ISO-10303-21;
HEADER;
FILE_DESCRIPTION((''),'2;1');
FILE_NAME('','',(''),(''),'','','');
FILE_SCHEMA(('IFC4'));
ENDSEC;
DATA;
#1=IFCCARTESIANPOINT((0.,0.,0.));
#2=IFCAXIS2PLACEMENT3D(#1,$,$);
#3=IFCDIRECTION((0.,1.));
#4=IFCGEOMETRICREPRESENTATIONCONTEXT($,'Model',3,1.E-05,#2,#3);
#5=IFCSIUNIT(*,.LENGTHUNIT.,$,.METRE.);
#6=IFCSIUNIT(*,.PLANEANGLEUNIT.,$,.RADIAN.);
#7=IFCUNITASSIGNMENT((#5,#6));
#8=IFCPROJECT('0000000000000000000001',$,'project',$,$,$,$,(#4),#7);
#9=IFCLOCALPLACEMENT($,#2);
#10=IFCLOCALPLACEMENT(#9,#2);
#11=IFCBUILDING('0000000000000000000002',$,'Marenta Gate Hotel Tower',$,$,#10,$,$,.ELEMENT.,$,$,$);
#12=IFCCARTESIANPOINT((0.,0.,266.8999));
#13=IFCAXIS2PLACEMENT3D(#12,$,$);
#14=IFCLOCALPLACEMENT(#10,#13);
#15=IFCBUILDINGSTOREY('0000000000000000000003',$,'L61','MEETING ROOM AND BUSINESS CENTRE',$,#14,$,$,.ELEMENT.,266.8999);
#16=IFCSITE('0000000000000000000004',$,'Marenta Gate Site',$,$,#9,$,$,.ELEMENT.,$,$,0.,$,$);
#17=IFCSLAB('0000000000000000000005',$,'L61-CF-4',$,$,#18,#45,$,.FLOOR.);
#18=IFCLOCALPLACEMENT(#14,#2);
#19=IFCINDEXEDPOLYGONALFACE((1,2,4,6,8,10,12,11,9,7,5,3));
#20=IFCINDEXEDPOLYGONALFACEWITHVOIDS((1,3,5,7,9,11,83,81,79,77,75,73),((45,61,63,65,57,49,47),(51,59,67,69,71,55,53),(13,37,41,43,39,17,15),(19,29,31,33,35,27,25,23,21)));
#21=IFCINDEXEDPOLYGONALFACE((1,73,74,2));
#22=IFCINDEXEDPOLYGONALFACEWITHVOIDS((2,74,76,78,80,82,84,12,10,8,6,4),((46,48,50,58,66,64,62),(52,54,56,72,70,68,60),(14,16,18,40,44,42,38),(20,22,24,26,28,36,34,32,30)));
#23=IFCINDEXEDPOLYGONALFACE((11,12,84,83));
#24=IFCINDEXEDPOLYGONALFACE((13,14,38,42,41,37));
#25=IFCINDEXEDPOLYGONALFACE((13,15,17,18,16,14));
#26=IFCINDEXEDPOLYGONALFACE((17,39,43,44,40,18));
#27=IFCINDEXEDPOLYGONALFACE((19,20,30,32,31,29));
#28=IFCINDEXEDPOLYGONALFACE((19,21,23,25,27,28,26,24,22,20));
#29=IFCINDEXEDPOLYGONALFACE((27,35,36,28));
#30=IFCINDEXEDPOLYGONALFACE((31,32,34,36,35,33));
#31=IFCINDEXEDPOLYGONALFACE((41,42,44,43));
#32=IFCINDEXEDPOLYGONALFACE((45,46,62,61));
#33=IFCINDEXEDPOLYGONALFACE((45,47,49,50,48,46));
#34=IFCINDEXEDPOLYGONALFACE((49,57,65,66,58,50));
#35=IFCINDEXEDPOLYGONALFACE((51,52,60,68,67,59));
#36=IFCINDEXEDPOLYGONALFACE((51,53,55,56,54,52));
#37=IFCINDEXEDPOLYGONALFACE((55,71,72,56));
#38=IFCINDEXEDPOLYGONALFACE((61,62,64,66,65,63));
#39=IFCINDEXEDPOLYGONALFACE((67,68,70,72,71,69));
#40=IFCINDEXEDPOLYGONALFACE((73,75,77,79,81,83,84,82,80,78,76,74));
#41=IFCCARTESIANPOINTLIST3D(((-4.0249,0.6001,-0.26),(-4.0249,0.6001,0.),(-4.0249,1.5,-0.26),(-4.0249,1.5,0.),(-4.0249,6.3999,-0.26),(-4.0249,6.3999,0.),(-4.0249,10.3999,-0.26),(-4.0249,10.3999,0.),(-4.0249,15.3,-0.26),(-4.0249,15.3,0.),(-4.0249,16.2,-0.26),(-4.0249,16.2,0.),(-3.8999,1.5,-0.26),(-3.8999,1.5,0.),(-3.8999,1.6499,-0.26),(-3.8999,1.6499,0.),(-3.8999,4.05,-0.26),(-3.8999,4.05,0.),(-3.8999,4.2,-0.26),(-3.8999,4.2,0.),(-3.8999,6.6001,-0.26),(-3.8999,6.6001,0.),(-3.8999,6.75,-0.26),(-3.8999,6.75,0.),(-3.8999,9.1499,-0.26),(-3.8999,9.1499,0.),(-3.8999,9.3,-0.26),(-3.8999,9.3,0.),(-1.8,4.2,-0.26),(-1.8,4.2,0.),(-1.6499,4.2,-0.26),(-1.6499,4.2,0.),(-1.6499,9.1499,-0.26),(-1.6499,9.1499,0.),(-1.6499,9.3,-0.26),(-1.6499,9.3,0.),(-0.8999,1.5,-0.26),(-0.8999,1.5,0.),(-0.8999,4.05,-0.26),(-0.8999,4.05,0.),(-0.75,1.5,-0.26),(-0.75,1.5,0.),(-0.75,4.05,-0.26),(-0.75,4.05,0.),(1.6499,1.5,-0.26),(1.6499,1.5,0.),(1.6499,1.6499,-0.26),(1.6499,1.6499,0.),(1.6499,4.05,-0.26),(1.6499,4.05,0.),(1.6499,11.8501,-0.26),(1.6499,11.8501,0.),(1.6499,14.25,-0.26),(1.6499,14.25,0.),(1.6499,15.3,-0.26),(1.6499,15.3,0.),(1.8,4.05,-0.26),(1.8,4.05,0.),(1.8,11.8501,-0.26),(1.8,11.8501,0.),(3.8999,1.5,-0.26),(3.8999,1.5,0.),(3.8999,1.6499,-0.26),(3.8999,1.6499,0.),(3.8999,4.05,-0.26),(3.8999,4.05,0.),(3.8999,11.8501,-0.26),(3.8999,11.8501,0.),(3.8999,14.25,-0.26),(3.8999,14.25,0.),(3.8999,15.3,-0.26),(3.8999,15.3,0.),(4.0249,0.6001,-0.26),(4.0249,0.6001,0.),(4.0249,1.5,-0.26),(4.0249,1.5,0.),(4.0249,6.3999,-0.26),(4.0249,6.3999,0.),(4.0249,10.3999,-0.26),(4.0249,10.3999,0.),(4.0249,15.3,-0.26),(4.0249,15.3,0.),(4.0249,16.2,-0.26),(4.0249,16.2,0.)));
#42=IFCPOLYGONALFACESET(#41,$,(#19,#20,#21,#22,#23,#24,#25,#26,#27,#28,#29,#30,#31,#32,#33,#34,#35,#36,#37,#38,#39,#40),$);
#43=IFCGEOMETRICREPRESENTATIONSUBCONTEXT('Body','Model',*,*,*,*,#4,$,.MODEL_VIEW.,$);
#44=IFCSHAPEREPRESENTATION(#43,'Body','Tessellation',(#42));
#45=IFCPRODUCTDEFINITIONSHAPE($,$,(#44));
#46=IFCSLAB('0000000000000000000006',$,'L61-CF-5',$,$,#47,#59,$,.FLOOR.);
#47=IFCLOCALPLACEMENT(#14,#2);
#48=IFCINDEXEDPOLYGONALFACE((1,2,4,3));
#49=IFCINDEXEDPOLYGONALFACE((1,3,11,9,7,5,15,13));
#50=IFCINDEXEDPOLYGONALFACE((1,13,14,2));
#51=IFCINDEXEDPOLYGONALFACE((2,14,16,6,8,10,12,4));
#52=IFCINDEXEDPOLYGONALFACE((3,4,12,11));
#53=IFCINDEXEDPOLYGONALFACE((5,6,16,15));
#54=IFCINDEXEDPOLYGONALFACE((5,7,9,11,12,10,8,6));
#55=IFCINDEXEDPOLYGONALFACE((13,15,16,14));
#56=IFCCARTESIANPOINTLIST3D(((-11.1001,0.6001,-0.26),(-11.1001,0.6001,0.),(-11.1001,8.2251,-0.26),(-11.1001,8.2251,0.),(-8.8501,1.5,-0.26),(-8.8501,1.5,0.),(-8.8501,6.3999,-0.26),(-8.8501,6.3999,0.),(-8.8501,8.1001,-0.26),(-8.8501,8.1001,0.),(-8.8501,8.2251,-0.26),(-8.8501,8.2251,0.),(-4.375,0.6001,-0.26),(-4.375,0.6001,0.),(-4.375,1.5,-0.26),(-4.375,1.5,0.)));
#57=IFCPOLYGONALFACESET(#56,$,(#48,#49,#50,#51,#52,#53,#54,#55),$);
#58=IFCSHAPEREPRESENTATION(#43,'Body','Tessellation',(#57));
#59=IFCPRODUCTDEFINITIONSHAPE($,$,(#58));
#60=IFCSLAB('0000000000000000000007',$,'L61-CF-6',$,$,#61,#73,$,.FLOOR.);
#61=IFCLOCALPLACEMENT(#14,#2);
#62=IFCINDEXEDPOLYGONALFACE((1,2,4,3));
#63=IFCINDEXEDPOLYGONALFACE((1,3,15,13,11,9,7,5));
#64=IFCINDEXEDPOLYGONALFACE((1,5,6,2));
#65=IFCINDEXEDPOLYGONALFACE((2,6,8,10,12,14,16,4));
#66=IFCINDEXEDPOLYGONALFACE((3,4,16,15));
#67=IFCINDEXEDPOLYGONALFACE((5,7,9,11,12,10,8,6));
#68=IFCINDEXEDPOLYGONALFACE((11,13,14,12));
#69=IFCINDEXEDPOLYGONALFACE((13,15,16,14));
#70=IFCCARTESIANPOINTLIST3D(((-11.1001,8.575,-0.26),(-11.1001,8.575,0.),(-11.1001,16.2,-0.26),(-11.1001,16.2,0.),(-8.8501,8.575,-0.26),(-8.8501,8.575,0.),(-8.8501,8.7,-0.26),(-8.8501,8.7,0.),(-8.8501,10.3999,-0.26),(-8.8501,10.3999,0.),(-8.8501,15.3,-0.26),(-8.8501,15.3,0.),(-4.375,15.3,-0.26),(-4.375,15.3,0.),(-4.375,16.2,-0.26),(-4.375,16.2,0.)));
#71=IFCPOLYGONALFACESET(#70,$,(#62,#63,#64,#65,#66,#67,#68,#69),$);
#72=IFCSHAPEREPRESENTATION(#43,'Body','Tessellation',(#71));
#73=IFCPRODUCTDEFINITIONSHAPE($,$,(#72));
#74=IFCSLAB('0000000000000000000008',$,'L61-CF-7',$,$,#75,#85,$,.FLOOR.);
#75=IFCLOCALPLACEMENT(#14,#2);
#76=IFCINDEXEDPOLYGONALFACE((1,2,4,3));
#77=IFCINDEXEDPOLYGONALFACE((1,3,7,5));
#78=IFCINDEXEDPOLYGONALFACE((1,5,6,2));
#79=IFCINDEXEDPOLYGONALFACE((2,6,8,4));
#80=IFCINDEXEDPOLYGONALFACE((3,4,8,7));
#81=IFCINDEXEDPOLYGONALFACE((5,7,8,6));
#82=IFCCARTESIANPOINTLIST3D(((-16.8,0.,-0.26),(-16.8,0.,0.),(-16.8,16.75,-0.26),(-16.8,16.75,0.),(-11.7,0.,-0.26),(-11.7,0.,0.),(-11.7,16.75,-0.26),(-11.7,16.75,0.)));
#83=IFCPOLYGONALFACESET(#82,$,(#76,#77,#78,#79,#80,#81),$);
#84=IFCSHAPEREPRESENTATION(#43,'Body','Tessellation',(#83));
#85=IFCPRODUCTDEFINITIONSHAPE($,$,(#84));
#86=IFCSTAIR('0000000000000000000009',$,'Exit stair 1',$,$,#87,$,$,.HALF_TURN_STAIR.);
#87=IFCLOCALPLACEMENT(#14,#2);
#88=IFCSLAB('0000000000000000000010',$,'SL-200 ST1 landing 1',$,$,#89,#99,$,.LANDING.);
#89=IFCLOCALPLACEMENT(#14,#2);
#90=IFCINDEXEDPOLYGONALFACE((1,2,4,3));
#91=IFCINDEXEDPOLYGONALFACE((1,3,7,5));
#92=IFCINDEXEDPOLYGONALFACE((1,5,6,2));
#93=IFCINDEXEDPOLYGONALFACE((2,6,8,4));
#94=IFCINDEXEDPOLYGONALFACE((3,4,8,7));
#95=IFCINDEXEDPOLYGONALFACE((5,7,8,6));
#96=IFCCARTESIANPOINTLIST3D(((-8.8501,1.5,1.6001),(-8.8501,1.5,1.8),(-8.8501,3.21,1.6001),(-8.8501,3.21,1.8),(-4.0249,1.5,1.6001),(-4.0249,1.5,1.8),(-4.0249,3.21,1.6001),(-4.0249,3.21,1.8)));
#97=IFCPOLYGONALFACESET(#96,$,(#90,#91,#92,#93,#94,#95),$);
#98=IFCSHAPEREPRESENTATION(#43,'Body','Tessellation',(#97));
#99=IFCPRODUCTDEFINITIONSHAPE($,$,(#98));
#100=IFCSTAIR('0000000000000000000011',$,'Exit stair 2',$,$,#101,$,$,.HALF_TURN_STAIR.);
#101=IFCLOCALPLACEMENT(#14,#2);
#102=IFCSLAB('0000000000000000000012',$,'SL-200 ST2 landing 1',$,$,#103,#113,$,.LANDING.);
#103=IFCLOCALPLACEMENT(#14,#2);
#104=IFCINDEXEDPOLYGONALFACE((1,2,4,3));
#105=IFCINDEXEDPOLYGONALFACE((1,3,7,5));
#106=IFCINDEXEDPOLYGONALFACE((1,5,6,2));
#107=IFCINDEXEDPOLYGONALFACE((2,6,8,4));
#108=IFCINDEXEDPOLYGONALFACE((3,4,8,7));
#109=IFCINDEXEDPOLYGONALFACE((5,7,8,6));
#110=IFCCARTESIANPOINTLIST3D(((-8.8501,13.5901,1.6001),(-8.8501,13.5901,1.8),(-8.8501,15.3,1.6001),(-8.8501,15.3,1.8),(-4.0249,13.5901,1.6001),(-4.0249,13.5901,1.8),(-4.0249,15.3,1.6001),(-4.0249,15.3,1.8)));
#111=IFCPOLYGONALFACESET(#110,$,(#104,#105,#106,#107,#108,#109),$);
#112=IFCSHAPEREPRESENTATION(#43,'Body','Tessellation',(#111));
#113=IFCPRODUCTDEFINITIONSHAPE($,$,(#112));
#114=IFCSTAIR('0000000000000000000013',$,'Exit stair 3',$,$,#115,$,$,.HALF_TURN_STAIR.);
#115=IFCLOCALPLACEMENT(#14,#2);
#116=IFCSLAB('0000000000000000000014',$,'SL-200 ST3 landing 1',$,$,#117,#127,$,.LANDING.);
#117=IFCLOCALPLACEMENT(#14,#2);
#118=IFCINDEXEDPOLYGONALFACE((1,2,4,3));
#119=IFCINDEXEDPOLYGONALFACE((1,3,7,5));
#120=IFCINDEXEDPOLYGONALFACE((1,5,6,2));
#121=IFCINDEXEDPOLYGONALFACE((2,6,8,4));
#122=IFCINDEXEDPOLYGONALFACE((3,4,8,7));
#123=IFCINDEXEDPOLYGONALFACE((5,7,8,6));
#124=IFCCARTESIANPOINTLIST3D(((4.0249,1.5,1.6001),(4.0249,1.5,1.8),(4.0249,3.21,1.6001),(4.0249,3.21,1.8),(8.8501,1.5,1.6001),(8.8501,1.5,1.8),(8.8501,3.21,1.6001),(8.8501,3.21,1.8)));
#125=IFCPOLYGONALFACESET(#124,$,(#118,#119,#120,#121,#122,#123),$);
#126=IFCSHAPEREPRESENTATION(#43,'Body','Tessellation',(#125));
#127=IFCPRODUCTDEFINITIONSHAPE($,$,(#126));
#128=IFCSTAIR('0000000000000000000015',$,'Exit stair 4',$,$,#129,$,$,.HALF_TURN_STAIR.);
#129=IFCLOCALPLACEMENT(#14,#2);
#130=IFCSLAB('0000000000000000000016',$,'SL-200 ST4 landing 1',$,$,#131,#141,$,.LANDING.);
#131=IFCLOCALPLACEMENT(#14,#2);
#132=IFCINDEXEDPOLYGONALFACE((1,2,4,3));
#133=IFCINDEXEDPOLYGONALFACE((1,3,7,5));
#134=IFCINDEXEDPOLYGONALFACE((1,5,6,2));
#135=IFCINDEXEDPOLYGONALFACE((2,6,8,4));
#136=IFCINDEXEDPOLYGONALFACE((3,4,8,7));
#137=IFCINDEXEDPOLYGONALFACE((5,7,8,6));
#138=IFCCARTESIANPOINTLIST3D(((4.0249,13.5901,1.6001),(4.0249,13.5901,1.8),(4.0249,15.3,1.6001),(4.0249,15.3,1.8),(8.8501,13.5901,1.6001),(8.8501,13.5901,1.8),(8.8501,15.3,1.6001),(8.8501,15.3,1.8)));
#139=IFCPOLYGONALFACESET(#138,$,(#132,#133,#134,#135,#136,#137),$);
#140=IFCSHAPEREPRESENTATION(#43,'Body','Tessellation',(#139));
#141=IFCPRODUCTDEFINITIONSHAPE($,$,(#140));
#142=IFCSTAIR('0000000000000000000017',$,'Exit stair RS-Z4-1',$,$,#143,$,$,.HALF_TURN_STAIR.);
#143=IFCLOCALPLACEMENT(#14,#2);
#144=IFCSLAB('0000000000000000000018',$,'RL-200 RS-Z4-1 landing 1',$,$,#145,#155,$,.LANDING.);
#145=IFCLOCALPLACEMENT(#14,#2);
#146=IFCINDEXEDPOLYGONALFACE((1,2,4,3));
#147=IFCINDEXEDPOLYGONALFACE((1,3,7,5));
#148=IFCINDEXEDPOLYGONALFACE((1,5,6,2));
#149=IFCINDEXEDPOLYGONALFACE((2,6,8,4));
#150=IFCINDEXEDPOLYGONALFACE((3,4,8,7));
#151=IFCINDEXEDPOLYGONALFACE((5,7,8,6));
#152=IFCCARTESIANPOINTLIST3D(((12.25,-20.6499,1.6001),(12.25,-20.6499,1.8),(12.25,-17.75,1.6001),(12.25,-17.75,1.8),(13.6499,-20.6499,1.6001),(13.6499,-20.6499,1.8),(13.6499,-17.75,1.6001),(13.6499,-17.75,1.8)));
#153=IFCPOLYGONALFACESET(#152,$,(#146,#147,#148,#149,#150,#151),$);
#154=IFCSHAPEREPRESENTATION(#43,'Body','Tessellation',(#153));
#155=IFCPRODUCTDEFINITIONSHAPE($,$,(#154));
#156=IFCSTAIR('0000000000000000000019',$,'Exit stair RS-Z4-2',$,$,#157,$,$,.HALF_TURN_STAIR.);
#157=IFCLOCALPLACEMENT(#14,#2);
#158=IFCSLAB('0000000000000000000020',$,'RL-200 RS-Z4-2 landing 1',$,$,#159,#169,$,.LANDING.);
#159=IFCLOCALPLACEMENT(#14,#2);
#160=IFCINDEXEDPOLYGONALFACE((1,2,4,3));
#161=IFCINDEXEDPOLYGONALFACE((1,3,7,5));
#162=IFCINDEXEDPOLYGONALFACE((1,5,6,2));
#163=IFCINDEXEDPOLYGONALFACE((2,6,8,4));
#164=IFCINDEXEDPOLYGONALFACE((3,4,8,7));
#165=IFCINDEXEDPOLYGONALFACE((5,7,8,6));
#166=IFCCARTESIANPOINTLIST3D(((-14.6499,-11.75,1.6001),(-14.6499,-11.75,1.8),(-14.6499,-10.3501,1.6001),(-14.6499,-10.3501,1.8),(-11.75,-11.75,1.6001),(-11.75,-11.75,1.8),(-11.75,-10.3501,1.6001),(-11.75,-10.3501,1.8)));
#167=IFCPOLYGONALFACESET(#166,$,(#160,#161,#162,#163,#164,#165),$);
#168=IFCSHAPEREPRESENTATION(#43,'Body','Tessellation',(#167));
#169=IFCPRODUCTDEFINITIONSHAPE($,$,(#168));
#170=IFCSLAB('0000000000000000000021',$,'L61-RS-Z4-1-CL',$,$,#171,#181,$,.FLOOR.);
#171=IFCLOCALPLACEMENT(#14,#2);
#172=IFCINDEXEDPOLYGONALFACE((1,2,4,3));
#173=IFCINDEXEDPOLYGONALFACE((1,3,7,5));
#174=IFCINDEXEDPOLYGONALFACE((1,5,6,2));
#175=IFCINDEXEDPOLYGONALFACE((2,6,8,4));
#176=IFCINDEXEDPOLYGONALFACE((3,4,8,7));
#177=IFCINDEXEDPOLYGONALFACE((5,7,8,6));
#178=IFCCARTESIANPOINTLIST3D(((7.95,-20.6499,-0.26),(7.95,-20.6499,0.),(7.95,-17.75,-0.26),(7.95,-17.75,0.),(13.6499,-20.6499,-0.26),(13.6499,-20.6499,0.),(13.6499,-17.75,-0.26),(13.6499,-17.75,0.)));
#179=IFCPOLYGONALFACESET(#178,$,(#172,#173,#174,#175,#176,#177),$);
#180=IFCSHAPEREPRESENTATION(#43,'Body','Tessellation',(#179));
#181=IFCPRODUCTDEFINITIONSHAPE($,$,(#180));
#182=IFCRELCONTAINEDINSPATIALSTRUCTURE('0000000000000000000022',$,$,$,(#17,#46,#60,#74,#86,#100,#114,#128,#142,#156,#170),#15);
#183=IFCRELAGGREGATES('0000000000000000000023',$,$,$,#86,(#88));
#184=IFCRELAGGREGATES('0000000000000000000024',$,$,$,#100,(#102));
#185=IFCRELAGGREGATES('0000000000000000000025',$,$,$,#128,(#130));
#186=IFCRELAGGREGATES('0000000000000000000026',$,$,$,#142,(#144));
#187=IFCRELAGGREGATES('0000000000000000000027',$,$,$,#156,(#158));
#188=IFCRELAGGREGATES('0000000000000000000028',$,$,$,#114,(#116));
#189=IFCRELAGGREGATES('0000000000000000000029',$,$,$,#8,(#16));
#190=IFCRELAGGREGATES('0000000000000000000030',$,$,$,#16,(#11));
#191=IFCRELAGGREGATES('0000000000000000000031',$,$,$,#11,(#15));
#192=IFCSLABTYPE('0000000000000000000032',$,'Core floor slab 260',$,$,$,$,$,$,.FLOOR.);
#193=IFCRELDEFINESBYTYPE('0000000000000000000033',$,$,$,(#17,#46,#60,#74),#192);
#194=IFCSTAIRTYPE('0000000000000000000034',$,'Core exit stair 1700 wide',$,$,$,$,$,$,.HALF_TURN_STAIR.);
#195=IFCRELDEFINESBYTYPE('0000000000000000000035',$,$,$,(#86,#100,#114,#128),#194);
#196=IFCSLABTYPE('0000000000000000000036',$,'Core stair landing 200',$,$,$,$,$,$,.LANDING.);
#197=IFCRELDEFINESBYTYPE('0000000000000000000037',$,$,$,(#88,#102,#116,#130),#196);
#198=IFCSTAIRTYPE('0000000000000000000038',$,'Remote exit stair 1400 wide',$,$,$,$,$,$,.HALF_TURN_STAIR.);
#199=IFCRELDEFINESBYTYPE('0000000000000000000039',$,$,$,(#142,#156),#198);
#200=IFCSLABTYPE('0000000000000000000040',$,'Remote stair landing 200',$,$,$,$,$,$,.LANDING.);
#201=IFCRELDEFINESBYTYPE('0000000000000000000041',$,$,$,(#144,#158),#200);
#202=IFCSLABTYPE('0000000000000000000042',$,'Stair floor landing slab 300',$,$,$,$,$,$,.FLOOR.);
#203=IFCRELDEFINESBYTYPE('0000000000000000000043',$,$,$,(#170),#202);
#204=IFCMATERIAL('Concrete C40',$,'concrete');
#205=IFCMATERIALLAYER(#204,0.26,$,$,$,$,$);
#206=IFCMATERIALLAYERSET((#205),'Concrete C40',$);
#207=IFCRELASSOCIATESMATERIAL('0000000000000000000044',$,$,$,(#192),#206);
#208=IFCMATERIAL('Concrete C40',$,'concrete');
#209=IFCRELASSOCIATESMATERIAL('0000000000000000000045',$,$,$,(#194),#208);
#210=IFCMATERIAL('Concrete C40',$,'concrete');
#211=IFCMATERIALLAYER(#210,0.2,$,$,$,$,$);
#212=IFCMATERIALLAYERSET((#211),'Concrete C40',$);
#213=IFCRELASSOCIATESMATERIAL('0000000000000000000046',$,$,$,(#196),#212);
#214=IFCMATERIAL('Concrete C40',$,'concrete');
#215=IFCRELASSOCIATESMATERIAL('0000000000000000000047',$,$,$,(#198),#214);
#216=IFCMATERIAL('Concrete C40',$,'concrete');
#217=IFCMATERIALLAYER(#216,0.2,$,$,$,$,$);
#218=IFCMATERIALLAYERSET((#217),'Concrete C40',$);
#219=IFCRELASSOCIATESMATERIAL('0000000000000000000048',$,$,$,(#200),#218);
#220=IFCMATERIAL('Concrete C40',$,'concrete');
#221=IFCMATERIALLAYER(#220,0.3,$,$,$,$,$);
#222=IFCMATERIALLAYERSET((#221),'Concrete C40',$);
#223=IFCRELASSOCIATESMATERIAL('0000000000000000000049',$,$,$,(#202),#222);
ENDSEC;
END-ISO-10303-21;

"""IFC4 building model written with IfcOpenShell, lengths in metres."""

from ifc_helpers import new_model, si_unit, direction, frame, origin, place, context, subcontext, project, spatial, polyline, outline, extrude, material, layer, layer_set, type_object, element, aggregate, save


model = new_model("IFC4")

# Units and contexts
model_context = context("Model", 3, precision=1e-05, world=origin(), true_north=direction((0.0, 1.0)))
body_context = subcontext(model_context, "Body", "Model", "MODEL_VIEW")
ifc_project = project(units=[si_unit("LENGTHUNIT", "METRE"), si_unit("PLANEANGLEUNIT", "RADIAN")], contexts=[model_context])

# Site, building, storey
site_placement = place(None, origin())
site = spatial("IfcSite", under=ifc_project, at=site_placement, Name="Marenta Gate Site", CompositionType="ELEMENT", RefElevation=0.0)
building_placement = place(site_placement, origin())
building = spatial("IfcBuilding", under=site, at=building_placement, Name="Marenta Gate Hotel Tower", CompositionType="ELEMENT")
storey_placement = place(building_placement, frame((0.0, 0.0, 266.8999)))
storey = spatial("IfcBuildingStorey", under=building, at=storey_placement, Name="L61", Description="MEETING ROOM AND BUSINESS CENTRE", CompositionType="ELEMENT", Elevation=266.8999)

# Slabs
ifc_material_1 = material(Name="Concrete C40", Category="concrete")
ifc_layer_1 = layer(ifc_material_1, 0.26)
ifc_layer_set_1 = layer_set([ifc_layer_1], Name="Concrete C40")
slab_type_1 = type_object("IfcSlabType", Name="Core floor slab 260", PredefinedType="FLOOR", material=ifc_layer_set_1)
slab_1_placement = place(storey_placement, frame((0.0, 0.0, -0.26)))
element("IfcSlab", 1, at=slab_1_placement, inside=storey, type_object=slab_type_1, Name="L61-CF-4", PredefinedType="FLOOR", context=body_context, shape_type="SweptSolid", body=[
    extrude(outline(polyline([(4.0249, 10.3999), (4.0249, 6.3999), (4.0249, 1.5), (4.0249, 0.6001), (-4.0249, 0.6001), (-4.0249, 1.5), (-4.0249, 6.3999), (-4.0249, 10.3999), (-4.0249, 15.3), (-4.0249, 16.2), (4.0249, 16.2), (4.0249, 15.3), (4.0249, 10.3999)]), holes=[polyline([(1.6499, 11.8501), (1.8, 11.8501), (3.8999, 11.8501), (3.8999, 14.25), (3.8999, 15.3), (1.6499, 15.3), (1.6499, 14.25), (1.6499, 11.8501)]), polyline([(3.8999, 4.05), (1.8, 4.05), (1.6499, 4.05), (1.6499, 1.6499), (1.6499, 1.5), (3.8999, 1.5), (3.8999, 1.6499), (3.8999, 4.05)]), polyline([(-3.8999, 1.5), (-0.8999, 1.5), (-0.75, 1.5), (-0.75, 4.05), (-0.8999, 4.05), (-3.8999, 4.05), (-3.8999, 1.6499), (-3.8999, 1.5)]), polyline([(-1.6499, 4.2), (-1.6499, 9.1499), (-1.6499, 9.3), (-3.8999, 9.3), (-3.8999, 9.1499), (-3.8999, 6.75), (-3.8999, 6.6001), (-3.8999, 4.2), (-1.8, 4.2), (-1.6499, 4.2)])]), origin(), (0.0, 0.0, 1.0), 0.26),
])
slab_2_placement = place(storey_placement, frame((0.0, 0.0, -0.26)))
element("IfcSlab", 2, at=slab_2_placement, inside=storey, type_object=slab_type_1, Name="L61-CF-5", PredefinedType="FLOOR", context=body_context, shape_type="SweptSolid", body=[
    extrude(outline(polyline([(-8.8501, 1.5), (-4.375, 1.5), (-4.375, 0.6001), (-11.1001, 0.6001), (-11.1001, 8.2251), (-8.8501, 8.2251), (-8.8501, 8.1001), (-8.8501, 6.3999), (-8.8501, 1.5)])), origin(), (0.0, 0.0, 1.0), 0.26),
])
slab_3_placement = place(storey_placement, frame((0.0, 0.0, -0.26)))
element("IfcSlab", 3, at=slab_3_placement, inside=storey, type_object=slab_type_1, Name="L61-CF-6", PredefinedType="FLOOR", context=body_context, shape_type="SweptSolid", body=[
    extrude(outline(polyline([(-8.8501, 15.3), (-8.8501, 10.3999), (-8.8501, 8.7), (-8.8501, 8.575), (-11.1001, 8.575), (-11.1001, 16.2), (-4.375, 16.2), (-4.375, 15.3), (-8.8501, 15.3)])), origin(), (0.0, 0.0, 1.0), 0.26),
])
slab_4_placement = place(storey_placement, frame((0.0, 0.0, -0.26)))
element("IfcSlab", 4, at=slab_4_placement, inside=storey, type_object=slab_type_1, Name="L61-CF-7", PredefinedType="FLOOR", context=body_context, shape_type="SweptSolid", body=[
    extrude(outline(polyline([(-16.8, 0.0), (-16.8, 16.75), (-11.7, 16.75), (-11.7, 0.0), (-16.8, 0.0)])), origin(), (0.0, 0.0, 1.0), 0.26),
])

# Stairs, slabs
ifc_material_2 = material(Name="Concrete C40", Category="concrete")
stair_type_1 = type_object("IfcStairType", Name="Core exit stair 1700 wide", PredefinedType="HALF_TURN_STAIR", material=ifc_material_2)
stair_1_placement = place(storey_placement, origin())
stair_1 = element("IfcStair", 5, at=stair_1_placement, inside=storey, type_object=stair_type_1, Name="Exit stair 1", PredefinedType="HALF_TURN_STAIR")
ifc_material_3 = material(Name="Concrete C40", Category="concrete")
ifc_layer_2 = layer(ifc_material_3, 0.2)
ifc_layer_set_2 = layer_set([ifc_layer_2], Name="Concrete C40")
slab_type_2 = type_object("IfcSlabType", Name="Core stair landing 200", PredefinedType="LANDING", material=ifc_layer_set_2)
slab_5_placement = place(storey_placement, frame((0.0, 0.0, 1.6001)))
slab_5 = element("IfcSlab", 6, at=slab_5_placement, type_object=slab_type_2, Name="SL-200 ST1 landing 1", PredefinedType="LANDING", context=body_context, shape_type="SweptSolid", body=[
    extrude(outline(polyline([(-8.8501, 1.5), (-4.0249, 1.5), (-4.0249, 3.21), (-8.8501, 3.21), (-8.8501, 1.5)])), origin(), (0.0, 0.0, 1.0), 0.2),
])
aggregate(stair_1, [slab_5])
stair_2_placement = place(storey_placement, origin())
stair_2 = element("IfcStair", 7, at=stair_2_placement, inside=storey, type_object=stair_type_1, Name="Exit stair 2", PredefinedType="HALF_TURN_STAIR")
slab_6_placement = place(storey_placement, frame((0.0, 0.0, 1.6001)))
slab_6 = element("IfcSlab", 8, at=slab_6_placement, type_object=slab_type_2, Name="SL-200 ST2 landing 1", PredefinedType="LANDING", context=body_context, shape_type="SweptSolid", body=[
    extrude(outline(polyline([(-8.8501, 13.5901), (-4.0249, 13.5901), (-4.0249, 15.3), (-8.8501, 15.3), (-8.8501, 13.5901)])), origin(), (0.0, 0.0, 1.0), 0.2),
])
aggregate(stair_2, [slab_6])
stair_3_placement = place(storey_placement, origin())
stair_3 = element("IfcStair", 9, at=stair_3_placement, inside=storey, type_object=stair_type_1, Name="Exit stair 3", PredefinedType="HALF_TURN_STAIR")
slab_7_placement = place(storey_placement, frame((0.0, 0.0, 1.6001)))
slab_7 = element("IfcSlab", 10, at=slab_7_placement, type_object=slab_type_2, Name="SL-200 ST3 landing 1", PredefinedType="LANDING", context=body_context, shape_type="SweptSolid", body=[
    extrude(outline(polyline([(4.0249, 1.5), (8.8501, 1.5), (8.8501, 3.21), (4.0249, 3.21), (4.0249, 1.5)])), origin(), (0.0, 0.0, 1.0), 0.2),
])
stair_4_placement = place(storey_placement, origin())
stair_4 = element("IfcStair", 11, at=stair_4_placement, inside=storey, type_object=stair_type_1, Name="Exit stair 4", PredefinedType="HALF_TURN_STAIR")
slab_8_placement = place(storey_placement, frame((0.0, 0.0, 1.6001)))
slab_8 = element("IfcSlab", 12, at=slab_8_placement, type_object=slab_type_2, Name="SL-200 ST4 landing 1", PredefinedType="LANDING", context=body_context, shape_type="SweptSolid", body=[
    extrude(outline(polyline([(4.0249, 13.5901), (8.8501, 13.5901), (8.8501, 15.3), (4.0249, 15.3), (4.0249, 13.5901)])), origin(), (0.0, 0.0, 1.0), 0.2),
])
aggregate(stair_4, [slab_8])
ifc_material_4 = material(Name="Concrete C40", Category="concrete")
stair_type_2 = type_object("IfcStairType", Name="Remote exit stair 1400 wide", PredefinedType="HALF_TURN_STAIR", material=ifc_material_4)
stair_5_placement = place(storey_placement, origin())
stair_5 = element("IfcStair", 13, at=stair_5_placement, inside=storey, type_object=stair_type_2, Name="Exit stair RS-Z4-1", PredefinedType="HALF_TURN_STAIR")
ifc_material_5 = material(Name="Concrete C40", Category="concrete")
ifc_layer_3 = layer(ifc_material_5, 0.2)
ifc_layer_set_3 = layer_set([ifc_layer_3], Name="Concrete C40")
slab_type_3 = type_object("IfcSlabType", Name="Remote stair landing 200", PredefinedType="LANDING", material=ifc_layer_set_3)
slab_9_placement = place(storey_placement, frame((0.0, 0.0, 1.6001)))
slab_9 = element("IfcSlab", 14, at=slab_9_placement, type_object=slab_type_3, Name="RL-200 RS-Z4-1 landing 1", PredefinedType="LANDING", context=body_context, shape_type="SweptSolid", body=[
    extrude(outline(polyline([(12.25, -20.6499), (13.6499, -20.6499), (13.6499, -17.75), (12.25, -17.75), (12.25, -20.6499)])), origin(), (0.0, 0.0, 1.0), 0.2),
])
aggregate(stair_5, [slab_9])
stair_6_placement = place(storey_placement, origin())
stair_6 = element("IfcStair", 15, at=stair_6_placement, inside=storey, type_object=stair_type_2, Name="Exit stair RS-Z4-2", PredefinedType="HALF_TURN_STAIR")
slab_10_placement = place(storey_placement, frame((0.0, 0.0, 1.6001)))
slab_10 = element("IfcSlab", 16, at=slab_10_placement, type_object=slab_type_3, Name="RL-200 RS-Z4-2 landing 1", PredefinedType="LANDING", context=body_context, shape_type="SweptSolid", body=[
    extrude(outline(polyline([(-14.6499, -11.75), (-11.75, -11.75), (-11.75, -10.3501), (-14.6499, -10.3501), (-14.6499, -11.75)])), origin(), (0.0, 0.0, 1.0), 0.2),
])
aggregate(stair_6, [slab_10])

# Slab
ifc_material_6 = material(Name="Concrete C40", Category="concrete")
ifc_layer_4 = layer(ifc_material_6, 0.3)
ifc_layer_set_4 = layer_set([ifc_layer_4], Name="Concrete C40")
slab_type_4 = type_object("IfcSlabType", Name="Stair floor landing slab 300", PredefinedType="FLOOR", material=ifc_layer_set_4)
slab_11_placement = place(storey_placement, frame((0.0, 0.0, -0.26)))
element("IfcSlab", 17, at=slab_11_placement, inside=storey, type_object=slab_type_4, Name="L61-RS-Z4-1-CL", PredefinedType="FLOOR", context=body_context, shape_type="SweptSolid", body=[
    extrude(outline(polyline([(13.6499, -20.6499), (13.6499, -17.75), (7.95, -17.75), (7.95, -20.6499), (13.6499, -20.6499)])), origin(), (0.0, 0.0, 1.0), 0.26),
])

aggregate(stair_3, [slab_7])

save(model, "model.ifc")
